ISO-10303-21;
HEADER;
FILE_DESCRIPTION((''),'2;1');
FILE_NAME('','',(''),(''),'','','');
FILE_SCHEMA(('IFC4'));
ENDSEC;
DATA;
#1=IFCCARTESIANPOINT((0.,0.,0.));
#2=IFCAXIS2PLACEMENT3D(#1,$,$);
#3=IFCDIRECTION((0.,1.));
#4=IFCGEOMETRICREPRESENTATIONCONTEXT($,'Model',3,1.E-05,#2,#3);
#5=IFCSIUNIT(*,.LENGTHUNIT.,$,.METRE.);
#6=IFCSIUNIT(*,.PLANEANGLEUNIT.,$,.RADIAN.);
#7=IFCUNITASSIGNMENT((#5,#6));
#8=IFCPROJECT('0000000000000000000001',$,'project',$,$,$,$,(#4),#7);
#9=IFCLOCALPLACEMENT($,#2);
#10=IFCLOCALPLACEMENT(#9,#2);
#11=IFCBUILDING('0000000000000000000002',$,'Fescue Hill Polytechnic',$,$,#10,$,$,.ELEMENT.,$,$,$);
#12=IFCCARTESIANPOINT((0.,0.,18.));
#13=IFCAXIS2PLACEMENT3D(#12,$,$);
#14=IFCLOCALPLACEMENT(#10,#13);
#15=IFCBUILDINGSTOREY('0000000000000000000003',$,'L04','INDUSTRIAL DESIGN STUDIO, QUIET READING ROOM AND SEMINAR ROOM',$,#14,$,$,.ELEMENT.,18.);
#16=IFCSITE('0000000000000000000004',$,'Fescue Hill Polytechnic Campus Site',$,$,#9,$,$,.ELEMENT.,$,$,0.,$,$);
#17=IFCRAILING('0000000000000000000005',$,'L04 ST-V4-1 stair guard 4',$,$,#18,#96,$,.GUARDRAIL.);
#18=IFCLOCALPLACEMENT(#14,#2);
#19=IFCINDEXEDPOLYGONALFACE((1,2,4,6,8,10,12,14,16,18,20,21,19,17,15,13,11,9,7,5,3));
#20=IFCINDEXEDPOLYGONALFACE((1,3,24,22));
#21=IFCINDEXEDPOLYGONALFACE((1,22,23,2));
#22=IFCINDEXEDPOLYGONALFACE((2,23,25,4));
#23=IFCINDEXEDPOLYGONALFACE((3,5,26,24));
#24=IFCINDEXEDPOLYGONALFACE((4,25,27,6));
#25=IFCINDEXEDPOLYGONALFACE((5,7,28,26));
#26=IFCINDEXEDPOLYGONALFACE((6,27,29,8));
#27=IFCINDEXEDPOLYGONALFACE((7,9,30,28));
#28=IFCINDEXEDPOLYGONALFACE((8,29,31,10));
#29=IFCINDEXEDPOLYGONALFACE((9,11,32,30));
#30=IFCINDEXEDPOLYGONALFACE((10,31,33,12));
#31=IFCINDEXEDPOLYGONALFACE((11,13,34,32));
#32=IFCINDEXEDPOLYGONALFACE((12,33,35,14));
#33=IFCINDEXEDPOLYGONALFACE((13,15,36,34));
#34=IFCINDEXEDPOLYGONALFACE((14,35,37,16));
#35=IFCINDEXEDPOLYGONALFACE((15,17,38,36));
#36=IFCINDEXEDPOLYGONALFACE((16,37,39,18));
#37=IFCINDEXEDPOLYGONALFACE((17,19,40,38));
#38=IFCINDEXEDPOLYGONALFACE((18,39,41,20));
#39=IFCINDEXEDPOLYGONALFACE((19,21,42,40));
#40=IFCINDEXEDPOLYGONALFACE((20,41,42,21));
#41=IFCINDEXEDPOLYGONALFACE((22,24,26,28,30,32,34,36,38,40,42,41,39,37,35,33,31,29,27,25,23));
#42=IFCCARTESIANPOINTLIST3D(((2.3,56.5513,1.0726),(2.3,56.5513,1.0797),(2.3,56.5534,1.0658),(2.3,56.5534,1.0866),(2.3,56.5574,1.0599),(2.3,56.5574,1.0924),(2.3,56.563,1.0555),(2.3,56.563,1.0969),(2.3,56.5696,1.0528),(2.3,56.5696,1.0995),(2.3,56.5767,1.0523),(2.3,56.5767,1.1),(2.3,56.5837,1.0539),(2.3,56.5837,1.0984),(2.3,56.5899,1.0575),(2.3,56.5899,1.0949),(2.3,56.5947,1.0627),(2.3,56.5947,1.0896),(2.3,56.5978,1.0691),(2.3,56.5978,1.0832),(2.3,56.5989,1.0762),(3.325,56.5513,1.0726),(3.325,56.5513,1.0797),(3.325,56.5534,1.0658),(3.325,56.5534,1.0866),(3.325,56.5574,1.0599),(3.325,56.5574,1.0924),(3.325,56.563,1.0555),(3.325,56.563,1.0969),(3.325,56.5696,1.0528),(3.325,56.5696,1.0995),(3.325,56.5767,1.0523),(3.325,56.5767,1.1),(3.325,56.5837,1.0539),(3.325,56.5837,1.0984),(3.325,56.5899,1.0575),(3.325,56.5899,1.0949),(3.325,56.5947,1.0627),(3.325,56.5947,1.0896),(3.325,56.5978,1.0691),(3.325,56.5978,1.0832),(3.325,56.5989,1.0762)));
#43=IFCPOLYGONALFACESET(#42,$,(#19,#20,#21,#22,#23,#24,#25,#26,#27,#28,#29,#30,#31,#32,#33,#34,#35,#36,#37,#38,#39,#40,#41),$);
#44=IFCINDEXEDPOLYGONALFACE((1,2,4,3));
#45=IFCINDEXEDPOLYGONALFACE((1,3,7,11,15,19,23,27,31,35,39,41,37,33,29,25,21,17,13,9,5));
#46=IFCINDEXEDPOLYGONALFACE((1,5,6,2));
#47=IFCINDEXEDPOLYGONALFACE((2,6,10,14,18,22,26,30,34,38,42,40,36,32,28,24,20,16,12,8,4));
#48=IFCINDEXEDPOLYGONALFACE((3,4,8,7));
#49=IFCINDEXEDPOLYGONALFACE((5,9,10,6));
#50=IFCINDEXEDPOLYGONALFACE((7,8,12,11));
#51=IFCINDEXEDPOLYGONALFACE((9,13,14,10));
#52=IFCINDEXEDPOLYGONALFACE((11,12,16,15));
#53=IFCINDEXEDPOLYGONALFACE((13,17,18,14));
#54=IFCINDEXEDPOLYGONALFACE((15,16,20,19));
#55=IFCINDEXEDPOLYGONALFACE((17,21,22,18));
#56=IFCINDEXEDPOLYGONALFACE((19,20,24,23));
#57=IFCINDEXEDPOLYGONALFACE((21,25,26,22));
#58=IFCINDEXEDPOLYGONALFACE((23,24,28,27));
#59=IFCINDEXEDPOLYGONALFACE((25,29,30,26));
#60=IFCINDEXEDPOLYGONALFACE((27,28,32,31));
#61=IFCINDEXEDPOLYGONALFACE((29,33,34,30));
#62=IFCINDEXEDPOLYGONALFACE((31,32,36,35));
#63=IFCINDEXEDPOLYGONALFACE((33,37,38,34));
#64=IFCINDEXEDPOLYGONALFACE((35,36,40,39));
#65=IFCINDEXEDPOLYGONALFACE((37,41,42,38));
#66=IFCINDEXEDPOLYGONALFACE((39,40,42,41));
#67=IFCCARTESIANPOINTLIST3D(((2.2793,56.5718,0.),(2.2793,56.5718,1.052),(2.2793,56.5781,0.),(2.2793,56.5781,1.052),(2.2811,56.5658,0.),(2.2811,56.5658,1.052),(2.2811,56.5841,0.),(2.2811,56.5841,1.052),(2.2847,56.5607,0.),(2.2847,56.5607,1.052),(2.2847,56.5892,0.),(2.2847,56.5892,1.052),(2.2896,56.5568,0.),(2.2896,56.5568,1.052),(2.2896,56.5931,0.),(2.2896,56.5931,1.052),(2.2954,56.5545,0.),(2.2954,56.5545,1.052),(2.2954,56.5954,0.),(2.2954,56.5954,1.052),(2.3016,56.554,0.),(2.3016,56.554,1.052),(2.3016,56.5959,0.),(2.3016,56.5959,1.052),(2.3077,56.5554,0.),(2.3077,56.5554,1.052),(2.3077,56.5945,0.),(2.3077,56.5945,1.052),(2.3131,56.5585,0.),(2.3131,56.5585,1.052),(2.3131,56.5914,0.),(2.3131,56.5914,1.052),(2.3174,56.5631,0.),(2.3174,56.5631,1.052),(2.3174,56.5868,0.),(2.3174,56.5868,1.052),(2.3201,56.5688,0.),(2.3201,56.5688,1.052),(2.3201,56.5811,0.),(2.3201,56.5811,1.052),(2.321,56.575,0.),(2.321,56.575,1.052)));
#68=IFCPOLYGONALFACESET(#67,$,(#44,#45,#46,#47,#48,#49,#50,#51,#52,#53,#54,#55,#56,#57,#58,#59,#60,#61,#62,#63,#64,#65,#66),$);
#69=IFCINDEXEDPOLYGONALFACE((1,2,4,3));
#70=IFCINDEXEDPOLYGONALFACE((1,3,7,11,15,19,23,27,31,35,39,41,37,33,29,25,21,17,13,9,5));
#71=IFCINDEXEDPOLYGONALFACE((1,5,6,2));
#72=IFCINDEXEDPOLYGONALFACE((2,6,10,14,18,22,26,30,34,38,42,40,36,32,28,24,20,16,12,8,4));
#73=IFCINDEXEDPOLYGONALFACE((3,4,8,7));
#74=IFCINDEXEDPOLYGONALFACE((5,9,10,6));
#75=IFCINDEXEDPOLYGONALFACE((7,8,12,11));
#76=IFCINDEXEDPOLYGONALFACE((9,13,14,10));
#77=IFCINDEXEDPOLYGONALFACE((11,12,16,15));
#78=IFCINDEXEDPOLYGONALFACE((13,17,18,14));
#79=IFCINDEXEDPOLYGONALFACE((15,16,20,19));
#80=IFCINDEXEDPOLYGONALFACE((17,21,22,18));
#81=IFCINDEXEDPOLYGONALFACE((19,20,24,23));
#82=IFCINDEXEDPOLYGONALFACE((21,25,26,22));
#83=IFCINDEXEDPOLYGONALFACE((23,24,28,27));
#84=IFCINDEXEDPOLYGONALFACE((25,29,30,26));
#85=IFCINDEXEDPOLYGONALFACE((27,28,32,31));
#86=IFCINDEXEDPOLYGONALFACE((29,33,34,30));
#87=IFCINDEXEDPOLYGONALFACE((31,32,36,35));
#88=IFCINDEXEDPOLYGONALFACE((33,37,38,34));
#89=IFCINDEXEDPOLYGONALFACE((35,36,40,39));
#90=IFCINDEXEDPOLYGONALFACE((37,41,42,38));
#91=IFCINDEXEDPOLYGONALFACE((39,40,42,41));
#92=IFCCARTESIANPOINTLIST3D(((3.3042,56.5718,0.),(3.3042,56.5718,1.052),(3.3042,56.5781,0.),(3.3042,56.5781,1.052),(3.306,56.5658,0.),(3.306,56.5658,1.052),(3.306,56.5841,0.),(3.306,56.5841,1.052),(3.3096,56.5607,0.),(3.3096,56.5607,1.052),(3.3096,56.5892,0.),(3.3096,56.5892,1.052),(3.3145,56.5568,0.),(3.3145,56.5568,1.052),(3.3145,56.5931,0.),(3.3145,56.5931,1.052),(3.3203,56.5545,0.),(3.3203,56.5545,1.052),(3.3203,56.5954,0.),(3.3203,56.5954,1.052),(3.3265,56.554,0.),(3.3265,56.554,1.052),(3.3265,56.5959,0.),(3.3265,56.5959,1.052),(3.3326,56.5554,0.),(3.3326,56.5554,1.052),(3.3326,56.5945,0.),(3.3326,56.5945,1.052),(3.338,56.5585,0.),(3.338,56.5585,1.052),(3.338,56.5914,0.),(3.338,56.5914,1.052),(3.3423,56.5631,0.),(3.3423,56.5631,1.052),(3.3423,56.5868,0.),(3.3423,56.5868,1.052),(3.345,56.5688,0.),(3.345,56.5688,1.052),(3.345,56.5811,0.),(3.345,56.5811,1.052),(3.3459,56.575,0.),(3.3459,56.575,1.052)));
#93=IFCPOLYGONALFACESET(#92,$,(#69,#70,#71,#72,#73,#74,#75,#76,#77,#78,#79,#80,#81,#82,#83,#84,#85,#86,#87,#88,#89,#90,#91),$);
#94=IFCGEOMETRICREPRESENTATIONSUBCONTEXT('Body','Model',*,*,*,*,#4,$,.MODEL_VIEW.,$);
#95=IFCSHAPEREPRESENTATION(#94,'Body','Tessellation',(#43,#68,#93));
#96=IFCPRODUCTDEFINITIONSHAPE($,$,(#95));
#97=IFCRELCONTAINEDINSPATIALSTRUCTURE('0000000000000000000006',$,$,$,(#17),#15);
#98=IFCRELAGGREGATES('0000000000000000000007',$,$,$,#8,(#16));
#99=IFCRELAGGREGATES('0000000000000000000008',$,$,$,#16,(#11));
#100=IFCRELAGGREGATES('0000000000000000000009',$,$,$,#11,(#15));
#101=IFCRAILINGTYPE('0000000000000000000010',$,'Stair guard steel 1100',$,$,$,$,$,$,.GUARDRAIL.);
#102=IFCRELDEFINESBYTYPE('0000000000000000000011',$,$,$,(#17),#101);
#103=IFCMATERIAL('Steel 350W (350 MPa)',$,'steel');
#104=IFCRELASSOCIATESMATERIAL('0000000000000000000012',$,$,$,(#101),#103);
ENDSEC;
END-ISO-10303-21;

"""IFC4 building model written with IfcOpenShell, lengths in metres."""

from ifc_helpers import new_model, si_unit, direction, frame, origin, origin_2d, place, context, subcontext, project, spatial, circle, extrude, material, type_object, element, save


model = new_model("IFC4")

# Units and contexts
model_context = context("Model", 3, precision=1e-05, world=origin(), true_north=direction((0.0, 1.0)))
body_context = subcontext(model_context, "Body", "Model", "MODEL_VIEW")
ifc_project = project(units=[si_unit("LENGTHUNIT", "METRE"), si_unit("PLANEANGLEUNIT", "RADIAN")], contexts=[model_context])

# Site, building, storey
site_placement = place(None, origin())
site = spatial("IfcSite", under=ifc_project, at=site_placement, Name="Fescue Hill Polytechnic Campus Site", CompositionType="ELEMENT", RefElevation=0.0)
building_placement = place(site_placement, origin())
building = spatial("IfcBuilding", under=site, at=building_placement, Name="Fescue Hill Polytechnic", CompositionType="ELEMENT")
storey_placement = place(building_placement, frame((0.0, 0.0, 18.0)))
storey = spatial("IfcBuildingStorey", under=building, at=storey_placement, Name="L04", Description="INDUSTRIAL DESIGN STUDIO, QUIET READING ROOM AND SEMINAR ROOM", CompositionType="ELEMENT", Elevation=18.0)

# Railing
ifc_material_1 = material(Name="Steel 350W (350 MPa)", Category="steel")
railing_type_1 = type_object("IfcRailingType", Name="Stair guard steel 1100", PredefinedType="GUARDRAIL", material=ifc_material_1)
railing_1_placement = place(storey_placement, frame((2.3, 56.575, 0.0)))
element("IfcRailing", 1, at=railing_1_placement, inside=storey, type_object=railing_type_1, Name="L04 ST-V4-1 stair guard 4", PredefinedType="GUARDRAIL", context=body_context, shape_type="SweptSolid", body=[
    extrude(circle(Radius=0.0239, at=origin_2d()), frame((0.0, 0.0, 1.0762), z_axis=(1.0, 0.0, 0.0), x_axis=(0.0, 1.0, 0.0)), (0.0, 0.0, 1.0), 1.0249),
    extrude(circle(Radius=0.021, at=origin_2d()), origin(), (0.0, 0.0, 1.0), 1.052),
    extrude(circle(Radius=0.021, at=origin_2d()), frame((1.0249, 0.0, 0.0)), (0.0, 0.0, 1.0), 1.052),
])

save(model, "model.ifc")
